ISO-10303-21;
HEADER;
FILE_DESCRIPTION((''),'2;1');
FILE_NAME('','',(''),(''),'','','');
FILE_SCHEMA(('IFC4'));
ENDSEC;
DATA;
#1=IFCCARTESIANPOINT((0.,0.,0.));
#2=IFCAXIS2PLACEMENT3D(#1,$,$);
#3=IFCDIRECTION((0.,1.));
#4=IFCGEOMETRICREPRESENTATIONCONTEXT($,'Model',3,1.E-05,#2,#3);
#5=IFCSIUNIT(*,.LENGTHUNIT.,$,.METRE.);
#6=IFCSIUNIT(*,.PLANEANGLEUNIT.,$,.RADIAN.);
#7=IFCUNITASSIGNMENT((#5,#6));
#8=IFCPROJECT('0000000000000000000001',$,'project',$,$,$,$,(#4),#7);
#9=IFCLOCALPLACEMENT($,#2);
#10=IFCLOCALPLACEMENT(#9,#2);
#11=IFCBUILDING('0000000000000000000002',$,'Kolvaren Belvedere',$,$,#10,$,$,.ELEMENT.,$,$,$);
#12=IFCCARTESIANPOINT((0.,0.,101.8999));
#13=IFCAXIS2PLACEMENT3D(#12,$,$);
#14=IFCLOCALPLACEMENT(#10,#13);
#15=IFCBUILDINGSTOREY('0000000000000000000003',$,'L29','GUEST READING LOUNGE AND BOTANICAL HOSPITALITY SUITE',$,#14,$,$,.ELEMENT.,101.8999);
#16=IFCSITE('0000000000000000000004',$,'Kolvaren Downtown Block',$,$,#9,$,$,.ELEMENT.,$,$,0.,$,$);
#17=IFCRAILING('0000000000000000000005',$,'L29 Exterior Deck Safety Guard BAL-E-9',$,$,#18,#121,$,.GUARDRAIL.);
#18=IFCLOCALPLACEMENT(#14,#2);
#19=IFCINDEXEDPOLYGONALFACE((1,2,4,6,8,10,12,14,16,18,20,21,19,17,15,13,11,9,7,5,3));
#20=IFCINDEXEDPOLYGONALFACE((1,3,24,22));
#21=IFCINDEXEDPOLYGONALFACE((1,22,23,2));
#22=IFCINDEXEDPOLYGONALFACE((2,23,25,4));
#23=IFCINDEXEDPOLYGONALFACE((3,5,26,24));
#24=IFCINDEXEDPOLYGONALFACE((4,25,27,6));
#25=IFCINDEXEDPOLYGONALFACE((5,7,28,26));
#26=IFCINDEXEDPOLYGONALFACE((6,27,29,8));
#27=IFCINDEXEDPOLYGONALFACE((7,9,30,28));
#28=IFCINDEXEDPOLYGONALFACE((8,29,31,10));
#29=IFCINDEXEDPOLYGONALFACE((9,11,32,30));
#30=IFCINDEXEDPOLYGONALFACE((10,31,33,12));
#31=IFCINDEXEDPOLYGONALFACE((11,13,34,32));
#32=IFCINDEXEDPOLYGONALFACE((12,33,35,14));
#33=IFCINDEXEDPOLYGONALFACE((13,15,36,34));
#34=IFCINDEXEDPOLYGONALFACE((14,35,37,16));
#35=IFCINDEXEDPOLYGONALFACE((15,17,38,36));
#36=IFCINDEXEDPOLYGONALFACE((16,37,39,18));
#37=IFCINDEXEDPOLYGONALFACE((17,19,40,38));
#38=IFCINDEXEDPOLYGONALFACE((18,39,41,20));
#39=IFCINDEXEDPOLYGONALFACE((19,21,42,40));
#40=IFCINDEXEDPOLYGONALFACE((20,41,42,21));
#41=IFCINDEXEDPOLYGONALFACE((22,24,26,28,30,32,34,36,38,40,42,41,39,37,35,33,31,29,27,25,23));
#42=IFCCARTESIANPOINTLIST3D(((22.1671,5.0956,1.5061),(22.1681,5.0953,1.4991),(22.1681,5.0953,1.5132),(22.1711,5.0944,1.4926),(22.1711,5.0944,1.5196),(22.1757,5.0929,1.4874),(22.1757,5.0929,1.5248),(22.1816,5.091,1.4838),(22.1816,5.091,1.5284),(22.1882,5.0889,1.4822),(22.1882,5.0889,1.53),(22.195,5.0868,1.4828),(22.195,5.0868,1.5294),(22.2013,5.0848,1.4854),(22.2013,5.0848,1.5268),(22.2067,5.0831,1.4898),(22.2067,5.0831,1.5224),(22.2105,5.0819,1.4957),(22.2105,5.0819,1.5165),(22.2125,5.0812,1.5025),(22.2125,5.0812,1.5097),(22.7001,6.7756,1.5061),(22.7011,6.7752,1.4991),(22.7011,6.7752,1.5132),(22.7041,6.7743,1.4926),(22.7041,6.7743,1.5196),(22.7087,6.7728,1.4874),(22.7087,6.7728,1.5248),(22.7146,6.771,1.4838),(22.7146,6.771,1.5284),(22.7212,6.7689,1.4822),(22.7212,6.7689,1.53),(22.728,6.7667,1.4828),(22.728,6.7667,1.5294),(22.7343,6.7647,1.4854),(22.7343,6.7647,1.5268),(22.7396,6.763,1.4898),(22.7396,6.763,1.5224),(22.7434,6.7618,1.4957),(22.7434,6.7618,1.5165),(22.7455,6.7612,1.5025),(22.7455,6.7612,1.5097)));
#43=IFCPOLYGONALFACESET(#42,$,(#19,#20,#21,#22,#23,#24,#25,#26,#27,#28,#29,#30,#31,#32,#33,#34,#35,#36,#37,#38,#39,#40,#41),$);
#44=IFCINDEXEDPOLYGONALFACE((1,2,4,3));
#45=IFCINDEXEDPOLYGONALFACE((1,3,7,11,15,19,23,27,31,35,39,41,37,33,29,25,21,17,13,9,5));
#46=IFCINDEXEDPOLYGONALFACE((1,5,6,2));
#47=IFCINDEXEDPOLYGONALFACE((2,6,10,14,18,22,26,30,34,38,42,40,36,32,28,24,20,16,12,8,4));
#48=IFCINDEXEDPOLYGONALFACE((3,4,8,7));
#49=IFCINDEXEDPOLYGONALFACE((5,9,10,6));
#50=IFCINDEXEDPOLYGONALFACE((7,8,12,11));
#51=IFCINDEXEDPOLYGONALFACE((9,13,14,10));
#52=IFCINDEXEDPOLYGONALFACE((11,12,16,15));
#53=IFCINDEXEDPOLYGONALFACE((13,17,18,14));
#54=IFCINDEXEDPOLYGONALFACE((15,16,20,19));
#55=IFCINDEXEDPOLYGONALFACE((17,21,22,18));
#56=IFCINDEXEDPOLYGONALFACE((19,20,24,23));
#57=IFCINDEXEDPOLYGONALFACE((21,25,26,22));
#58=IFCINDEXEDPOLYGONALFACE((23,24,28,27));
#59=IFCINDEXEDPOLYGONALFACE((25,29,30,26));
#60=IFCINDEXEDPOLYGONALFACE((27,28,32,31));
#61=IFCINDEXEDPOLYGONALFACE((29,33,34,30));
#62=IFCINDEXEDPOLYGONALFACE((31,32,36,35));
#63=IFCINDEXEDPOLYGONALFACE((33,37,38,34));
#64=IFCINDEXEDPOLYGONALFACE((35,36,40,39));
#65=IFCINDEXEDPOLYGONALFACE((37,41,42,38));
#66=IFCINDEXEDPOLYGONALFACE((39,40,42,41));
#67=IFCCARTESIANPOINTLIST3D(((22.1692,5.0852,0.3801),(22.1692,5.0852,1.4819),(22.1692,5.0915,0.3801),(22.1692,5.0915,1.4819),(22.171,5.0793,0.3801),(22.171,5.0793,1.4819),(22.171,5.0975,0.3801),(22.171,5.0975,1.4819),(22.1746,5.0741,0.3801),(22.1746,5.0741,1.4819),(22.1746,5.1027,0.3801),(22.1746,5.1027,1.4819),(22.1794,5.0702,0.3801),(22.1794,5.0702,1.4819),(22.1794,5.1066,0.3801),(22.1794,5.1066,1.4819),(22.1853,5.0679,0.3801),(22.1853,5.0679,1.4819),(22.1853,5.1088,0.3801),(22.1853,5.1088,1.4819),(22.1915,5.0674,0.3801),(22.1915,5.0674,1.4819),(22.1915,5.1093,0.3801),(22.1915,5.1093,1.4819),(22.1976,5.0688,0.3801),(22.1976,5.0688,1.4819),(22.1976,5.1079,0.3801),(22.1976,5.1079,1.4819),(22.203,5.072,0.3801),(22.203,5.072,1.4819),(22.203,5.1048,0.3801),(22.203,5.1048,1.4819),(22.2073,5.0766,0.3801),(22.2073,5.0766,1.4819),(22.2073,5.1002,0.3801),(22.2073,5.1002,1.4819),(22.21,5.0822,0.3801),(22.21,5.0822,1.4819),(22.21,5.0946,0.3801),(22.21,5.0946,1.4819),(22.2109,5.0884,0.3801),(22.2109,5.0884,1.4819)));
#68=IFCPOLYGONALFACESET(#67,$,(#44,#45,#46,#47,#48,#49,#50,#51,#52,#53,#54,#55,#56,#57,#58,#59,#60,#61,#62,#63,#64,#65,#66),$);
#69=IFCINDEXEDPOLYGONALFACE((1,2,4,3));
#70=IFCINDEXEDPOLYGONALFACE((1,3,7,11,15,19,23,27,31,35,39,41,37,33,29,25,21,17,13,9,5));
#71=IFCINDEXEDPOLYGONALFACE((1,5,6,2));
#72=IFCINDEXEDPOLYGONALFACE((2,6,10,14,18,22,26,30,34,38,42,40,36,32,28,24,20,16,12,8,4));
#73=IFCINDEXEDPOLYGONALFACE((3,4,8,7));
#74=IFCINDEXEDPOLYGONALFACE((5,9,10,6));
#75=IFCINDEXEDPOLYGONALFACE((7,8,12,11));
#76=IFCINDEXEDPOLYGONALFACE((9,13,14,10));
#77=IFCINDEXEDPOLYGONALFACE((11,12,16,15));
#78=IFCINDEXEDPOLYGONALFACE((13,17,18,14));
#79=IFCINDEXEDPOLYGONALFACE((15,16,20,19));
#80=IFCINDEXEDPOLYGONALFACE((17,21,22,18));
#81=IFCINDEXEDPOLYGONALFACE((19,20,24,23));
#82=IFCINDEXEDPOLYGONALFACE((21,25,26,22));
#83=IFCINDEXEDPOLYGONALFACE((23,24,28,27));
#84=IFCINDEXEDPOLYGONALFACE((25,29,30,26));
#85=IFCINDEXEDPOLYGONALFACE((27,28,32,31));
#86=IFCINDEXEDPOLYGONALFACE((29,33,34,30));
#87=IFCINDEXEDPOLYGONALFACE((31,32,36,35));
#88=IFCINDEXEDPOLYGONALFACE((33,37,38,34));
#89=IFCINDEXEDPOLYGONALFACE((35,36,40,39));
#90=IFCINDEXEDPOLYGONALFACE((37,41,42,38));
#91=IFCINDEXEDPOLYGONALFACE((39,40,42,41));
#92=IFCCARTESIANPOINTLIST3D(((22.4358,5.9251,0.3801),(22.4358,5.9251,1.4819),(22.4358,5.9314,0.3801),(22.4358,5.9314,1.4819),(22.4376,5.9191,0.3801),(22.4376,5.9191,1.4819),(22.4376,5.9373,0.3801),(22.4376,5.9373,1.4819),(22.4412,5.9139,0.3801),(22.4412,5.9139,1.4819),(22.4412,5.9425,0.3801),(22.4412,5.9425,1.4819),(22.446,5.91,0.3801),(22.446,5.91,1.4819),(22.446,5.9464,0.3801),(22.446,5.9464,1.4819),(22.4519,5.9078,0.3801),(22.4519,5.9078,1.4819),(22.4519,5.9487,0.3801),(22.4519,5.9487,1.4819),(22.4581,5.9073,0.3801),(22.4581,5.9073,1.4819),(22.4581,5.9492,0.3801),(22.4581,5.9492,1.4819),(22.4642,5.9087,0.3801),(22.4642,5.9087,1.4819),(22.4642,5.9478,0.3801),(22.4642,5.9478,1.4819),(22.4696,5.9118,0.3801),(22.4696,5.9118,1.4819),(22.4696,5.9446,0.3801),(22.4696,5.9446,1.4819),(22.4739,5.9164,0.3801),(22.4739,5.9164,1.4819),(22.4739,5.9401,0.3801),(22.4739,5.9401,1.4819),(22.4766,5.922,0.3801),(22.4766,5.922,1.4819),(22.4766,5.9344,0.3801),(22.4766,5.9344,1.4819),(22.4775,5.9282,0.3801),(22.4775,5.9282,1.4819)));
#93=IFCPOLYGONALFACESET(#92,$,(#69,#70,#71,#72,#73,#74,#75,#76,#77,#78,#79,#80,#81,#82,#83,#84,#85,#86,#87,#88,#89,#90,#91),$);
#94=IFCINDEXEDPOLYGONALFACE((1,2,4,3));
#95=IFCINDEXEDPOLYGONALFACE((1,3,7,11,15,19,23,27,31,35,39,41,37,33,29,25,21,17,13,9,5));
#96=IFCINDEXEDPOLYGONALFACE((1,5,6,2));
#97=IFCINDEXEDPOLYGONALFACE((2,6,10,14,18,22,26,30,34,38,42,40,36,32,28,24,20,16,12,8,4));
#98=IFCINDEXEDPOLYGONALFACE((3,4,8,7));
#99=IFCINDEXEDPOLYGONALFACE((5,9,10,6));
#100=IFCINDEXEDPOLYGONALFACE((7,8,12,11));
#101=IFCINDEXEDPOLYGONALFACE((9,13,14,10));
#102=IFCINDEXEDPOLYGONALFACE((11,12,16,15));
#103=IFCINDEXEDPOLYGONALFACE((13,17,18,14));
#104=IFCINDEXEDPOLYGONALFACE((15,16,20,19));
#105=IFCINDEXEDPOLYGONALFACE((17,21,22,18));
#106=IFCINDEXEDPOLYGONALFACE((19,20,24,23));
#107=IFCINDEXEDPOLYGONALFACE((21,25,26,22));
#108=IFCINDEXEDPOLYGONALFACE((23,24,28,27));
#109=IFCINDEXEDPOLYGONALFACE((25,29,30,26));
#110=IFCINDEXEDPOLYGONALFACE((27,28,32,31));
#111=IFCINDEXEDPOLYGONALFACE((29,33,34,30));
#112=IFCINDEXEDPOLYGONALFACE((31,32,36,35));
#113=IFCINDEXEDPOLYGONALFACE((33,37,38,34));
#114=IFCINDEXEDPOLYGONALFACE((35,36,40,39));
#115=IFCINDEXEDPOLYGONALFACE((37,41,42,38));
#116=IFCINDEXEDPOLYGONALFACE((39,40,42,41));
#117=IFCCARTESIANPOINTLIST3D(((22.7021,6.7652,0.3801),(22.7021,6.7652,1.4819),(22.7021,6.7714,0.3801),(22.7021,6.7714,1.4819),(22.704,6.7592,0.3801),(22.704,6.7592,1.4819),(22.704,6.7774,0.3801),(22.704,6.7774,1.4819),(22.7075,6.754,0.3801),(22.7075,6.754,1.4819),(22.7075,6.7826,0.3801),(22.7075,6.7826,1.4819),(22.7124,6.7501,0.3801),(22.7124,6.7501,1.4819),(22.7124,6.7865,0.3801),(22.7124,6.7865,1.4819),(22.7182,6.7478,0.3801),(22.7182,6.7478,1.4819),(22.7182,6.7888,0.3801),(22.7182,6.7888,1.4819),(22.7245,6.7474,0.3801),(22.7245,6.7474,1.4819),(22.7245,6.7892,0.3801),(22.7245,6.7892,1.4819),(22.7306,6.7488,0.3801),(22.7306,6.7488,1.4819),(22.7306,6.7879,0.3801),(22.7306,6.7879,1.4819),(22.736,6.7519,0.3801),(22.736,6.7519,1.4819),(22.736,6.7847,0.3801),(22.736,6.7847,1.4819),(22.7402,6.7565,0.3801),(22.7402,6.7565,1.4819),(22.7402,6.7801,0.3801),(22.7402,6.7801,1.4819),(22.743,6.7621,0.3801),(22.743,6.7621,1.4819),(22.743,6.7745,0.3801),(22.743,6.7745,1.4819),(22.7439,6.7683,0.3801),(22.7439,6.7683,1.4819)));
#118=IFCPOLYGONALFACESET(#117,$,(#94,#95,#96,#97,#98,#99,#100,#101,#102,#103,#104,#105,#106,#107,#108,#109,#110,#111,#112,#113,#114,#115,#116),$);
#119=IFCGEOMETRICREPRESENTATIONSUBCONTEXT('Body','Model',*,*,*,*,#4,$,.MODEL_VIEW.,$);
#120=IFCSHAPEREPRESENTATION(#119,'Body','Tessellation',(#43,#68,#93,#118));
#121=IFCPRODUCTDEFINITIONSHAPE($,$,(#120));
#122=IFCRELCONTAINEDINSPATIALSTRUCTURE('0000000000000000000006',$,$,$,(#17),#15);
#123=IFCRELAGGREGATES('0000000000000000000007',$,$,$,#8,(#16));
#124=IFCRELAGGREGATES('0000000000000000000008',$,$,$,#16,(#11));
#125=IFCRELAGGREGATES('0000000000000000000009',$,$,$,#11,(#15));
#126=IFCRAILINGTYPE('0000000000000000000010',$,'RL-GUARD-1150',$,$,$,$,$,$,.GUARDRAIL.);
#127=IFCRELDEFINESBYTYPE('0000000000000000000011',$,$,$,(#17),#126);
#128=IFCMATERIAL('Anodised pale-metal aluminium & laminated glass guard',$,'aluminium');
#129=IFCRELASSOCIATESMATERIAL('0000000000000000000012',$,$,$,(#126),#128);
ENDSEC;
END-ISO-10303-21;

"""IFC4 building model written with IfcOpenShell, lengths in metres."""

from ifc_helpers import new_model, si_unit, direction, frame, origin, origin_2d, place, context, subcontext, project, spatial, circle, extrude, material, type_object, element, save


model = new_model("IFC4")

# Units and contexts
model_context = context("Model", 3, precision=1e-05, world=origin(), true_north=direction((0.0, 1.0)))
body_context = subcontext(model_context, "Body", "Model", "MODEL_VIEW")
ifc_project = project(units=[si_unit("LENGTHUNIT", "METRE"), si_unit("PLANEANGLEUNIT", "RADIAN")], contexts=[model_context])

# Site, building, storey
site_placement = place(None, origin())
site = spatial("IfcSite", under=ifc_project, at=site_placement, Name="Kolvaren Downtown Block", CompositionType="ELEMENT", RefElevation=0.0)
building_placement = place(site_placement, origin())
building = spatial("IfcBuilding", under=site, at=building_placement, Name="Kolvaren Belvedere", CompositionType="ELEMENT")
storey_placement = place(building_placement, frame((0.0, 0.0, 101.8999)))
storey = spatial("IfcBuildingStorey", under=building, at=storey_placement, Name="L29", Description="GUEST READING LOUNGE AND BOTANICAL HOSPITALITY SUITE", CompositionType="ELEMENT", Elevation=101.8999)

# Railing
ifc_material_1 = material(Name="Anodised pale-metal aluminium & laminated glass guard", Category="aluminium")
railing_type = type_object("IfcRailingType", Name="RL-GUARD-1150", PredefinedType="GUARDRAIL", material=ifc_material_1)
railing_1_placement = place(storey_placement, frame((22.1899, 5.0884, 0.3801)))
element("IfcRailing", 1, at=railing_1_placement, inside=storey, type_object=railing_type, Name="L29 Exterior Deck Safety Guard BAL-E-9", PredefinedType="GUARDRAIL", context=body_context, shape_type="SweptSolid", body=[
    extrude(circle(Radius=0.0239, at=origin_2d()), frame((0.0, 0.0, 1.126), z_axis=(0.302397, 0.953182, 0.0), x_axis=(-0.953182, 0.302397, 0.0)), (0.0, 0.0, 1.0), 1.7625),
    extrude(circle(Radius=0.021, at=origin_2d()), origin(), (0.0, 0.0, 1.0), 1.1018),
    extrude(circle(Radius=0.021, at=origin_2d()), frame((0.2666, 0.8398, 0.0)), (0.0, 0.0, 1.0), 1.1018),
    extrude(circle(Radius=0.021, at=origin_2d()), frame((0.533, 1.6799, 0.0)), (0.0, 0.0, 1.0), 1.1018),
])

save(model, "model.ifc")
